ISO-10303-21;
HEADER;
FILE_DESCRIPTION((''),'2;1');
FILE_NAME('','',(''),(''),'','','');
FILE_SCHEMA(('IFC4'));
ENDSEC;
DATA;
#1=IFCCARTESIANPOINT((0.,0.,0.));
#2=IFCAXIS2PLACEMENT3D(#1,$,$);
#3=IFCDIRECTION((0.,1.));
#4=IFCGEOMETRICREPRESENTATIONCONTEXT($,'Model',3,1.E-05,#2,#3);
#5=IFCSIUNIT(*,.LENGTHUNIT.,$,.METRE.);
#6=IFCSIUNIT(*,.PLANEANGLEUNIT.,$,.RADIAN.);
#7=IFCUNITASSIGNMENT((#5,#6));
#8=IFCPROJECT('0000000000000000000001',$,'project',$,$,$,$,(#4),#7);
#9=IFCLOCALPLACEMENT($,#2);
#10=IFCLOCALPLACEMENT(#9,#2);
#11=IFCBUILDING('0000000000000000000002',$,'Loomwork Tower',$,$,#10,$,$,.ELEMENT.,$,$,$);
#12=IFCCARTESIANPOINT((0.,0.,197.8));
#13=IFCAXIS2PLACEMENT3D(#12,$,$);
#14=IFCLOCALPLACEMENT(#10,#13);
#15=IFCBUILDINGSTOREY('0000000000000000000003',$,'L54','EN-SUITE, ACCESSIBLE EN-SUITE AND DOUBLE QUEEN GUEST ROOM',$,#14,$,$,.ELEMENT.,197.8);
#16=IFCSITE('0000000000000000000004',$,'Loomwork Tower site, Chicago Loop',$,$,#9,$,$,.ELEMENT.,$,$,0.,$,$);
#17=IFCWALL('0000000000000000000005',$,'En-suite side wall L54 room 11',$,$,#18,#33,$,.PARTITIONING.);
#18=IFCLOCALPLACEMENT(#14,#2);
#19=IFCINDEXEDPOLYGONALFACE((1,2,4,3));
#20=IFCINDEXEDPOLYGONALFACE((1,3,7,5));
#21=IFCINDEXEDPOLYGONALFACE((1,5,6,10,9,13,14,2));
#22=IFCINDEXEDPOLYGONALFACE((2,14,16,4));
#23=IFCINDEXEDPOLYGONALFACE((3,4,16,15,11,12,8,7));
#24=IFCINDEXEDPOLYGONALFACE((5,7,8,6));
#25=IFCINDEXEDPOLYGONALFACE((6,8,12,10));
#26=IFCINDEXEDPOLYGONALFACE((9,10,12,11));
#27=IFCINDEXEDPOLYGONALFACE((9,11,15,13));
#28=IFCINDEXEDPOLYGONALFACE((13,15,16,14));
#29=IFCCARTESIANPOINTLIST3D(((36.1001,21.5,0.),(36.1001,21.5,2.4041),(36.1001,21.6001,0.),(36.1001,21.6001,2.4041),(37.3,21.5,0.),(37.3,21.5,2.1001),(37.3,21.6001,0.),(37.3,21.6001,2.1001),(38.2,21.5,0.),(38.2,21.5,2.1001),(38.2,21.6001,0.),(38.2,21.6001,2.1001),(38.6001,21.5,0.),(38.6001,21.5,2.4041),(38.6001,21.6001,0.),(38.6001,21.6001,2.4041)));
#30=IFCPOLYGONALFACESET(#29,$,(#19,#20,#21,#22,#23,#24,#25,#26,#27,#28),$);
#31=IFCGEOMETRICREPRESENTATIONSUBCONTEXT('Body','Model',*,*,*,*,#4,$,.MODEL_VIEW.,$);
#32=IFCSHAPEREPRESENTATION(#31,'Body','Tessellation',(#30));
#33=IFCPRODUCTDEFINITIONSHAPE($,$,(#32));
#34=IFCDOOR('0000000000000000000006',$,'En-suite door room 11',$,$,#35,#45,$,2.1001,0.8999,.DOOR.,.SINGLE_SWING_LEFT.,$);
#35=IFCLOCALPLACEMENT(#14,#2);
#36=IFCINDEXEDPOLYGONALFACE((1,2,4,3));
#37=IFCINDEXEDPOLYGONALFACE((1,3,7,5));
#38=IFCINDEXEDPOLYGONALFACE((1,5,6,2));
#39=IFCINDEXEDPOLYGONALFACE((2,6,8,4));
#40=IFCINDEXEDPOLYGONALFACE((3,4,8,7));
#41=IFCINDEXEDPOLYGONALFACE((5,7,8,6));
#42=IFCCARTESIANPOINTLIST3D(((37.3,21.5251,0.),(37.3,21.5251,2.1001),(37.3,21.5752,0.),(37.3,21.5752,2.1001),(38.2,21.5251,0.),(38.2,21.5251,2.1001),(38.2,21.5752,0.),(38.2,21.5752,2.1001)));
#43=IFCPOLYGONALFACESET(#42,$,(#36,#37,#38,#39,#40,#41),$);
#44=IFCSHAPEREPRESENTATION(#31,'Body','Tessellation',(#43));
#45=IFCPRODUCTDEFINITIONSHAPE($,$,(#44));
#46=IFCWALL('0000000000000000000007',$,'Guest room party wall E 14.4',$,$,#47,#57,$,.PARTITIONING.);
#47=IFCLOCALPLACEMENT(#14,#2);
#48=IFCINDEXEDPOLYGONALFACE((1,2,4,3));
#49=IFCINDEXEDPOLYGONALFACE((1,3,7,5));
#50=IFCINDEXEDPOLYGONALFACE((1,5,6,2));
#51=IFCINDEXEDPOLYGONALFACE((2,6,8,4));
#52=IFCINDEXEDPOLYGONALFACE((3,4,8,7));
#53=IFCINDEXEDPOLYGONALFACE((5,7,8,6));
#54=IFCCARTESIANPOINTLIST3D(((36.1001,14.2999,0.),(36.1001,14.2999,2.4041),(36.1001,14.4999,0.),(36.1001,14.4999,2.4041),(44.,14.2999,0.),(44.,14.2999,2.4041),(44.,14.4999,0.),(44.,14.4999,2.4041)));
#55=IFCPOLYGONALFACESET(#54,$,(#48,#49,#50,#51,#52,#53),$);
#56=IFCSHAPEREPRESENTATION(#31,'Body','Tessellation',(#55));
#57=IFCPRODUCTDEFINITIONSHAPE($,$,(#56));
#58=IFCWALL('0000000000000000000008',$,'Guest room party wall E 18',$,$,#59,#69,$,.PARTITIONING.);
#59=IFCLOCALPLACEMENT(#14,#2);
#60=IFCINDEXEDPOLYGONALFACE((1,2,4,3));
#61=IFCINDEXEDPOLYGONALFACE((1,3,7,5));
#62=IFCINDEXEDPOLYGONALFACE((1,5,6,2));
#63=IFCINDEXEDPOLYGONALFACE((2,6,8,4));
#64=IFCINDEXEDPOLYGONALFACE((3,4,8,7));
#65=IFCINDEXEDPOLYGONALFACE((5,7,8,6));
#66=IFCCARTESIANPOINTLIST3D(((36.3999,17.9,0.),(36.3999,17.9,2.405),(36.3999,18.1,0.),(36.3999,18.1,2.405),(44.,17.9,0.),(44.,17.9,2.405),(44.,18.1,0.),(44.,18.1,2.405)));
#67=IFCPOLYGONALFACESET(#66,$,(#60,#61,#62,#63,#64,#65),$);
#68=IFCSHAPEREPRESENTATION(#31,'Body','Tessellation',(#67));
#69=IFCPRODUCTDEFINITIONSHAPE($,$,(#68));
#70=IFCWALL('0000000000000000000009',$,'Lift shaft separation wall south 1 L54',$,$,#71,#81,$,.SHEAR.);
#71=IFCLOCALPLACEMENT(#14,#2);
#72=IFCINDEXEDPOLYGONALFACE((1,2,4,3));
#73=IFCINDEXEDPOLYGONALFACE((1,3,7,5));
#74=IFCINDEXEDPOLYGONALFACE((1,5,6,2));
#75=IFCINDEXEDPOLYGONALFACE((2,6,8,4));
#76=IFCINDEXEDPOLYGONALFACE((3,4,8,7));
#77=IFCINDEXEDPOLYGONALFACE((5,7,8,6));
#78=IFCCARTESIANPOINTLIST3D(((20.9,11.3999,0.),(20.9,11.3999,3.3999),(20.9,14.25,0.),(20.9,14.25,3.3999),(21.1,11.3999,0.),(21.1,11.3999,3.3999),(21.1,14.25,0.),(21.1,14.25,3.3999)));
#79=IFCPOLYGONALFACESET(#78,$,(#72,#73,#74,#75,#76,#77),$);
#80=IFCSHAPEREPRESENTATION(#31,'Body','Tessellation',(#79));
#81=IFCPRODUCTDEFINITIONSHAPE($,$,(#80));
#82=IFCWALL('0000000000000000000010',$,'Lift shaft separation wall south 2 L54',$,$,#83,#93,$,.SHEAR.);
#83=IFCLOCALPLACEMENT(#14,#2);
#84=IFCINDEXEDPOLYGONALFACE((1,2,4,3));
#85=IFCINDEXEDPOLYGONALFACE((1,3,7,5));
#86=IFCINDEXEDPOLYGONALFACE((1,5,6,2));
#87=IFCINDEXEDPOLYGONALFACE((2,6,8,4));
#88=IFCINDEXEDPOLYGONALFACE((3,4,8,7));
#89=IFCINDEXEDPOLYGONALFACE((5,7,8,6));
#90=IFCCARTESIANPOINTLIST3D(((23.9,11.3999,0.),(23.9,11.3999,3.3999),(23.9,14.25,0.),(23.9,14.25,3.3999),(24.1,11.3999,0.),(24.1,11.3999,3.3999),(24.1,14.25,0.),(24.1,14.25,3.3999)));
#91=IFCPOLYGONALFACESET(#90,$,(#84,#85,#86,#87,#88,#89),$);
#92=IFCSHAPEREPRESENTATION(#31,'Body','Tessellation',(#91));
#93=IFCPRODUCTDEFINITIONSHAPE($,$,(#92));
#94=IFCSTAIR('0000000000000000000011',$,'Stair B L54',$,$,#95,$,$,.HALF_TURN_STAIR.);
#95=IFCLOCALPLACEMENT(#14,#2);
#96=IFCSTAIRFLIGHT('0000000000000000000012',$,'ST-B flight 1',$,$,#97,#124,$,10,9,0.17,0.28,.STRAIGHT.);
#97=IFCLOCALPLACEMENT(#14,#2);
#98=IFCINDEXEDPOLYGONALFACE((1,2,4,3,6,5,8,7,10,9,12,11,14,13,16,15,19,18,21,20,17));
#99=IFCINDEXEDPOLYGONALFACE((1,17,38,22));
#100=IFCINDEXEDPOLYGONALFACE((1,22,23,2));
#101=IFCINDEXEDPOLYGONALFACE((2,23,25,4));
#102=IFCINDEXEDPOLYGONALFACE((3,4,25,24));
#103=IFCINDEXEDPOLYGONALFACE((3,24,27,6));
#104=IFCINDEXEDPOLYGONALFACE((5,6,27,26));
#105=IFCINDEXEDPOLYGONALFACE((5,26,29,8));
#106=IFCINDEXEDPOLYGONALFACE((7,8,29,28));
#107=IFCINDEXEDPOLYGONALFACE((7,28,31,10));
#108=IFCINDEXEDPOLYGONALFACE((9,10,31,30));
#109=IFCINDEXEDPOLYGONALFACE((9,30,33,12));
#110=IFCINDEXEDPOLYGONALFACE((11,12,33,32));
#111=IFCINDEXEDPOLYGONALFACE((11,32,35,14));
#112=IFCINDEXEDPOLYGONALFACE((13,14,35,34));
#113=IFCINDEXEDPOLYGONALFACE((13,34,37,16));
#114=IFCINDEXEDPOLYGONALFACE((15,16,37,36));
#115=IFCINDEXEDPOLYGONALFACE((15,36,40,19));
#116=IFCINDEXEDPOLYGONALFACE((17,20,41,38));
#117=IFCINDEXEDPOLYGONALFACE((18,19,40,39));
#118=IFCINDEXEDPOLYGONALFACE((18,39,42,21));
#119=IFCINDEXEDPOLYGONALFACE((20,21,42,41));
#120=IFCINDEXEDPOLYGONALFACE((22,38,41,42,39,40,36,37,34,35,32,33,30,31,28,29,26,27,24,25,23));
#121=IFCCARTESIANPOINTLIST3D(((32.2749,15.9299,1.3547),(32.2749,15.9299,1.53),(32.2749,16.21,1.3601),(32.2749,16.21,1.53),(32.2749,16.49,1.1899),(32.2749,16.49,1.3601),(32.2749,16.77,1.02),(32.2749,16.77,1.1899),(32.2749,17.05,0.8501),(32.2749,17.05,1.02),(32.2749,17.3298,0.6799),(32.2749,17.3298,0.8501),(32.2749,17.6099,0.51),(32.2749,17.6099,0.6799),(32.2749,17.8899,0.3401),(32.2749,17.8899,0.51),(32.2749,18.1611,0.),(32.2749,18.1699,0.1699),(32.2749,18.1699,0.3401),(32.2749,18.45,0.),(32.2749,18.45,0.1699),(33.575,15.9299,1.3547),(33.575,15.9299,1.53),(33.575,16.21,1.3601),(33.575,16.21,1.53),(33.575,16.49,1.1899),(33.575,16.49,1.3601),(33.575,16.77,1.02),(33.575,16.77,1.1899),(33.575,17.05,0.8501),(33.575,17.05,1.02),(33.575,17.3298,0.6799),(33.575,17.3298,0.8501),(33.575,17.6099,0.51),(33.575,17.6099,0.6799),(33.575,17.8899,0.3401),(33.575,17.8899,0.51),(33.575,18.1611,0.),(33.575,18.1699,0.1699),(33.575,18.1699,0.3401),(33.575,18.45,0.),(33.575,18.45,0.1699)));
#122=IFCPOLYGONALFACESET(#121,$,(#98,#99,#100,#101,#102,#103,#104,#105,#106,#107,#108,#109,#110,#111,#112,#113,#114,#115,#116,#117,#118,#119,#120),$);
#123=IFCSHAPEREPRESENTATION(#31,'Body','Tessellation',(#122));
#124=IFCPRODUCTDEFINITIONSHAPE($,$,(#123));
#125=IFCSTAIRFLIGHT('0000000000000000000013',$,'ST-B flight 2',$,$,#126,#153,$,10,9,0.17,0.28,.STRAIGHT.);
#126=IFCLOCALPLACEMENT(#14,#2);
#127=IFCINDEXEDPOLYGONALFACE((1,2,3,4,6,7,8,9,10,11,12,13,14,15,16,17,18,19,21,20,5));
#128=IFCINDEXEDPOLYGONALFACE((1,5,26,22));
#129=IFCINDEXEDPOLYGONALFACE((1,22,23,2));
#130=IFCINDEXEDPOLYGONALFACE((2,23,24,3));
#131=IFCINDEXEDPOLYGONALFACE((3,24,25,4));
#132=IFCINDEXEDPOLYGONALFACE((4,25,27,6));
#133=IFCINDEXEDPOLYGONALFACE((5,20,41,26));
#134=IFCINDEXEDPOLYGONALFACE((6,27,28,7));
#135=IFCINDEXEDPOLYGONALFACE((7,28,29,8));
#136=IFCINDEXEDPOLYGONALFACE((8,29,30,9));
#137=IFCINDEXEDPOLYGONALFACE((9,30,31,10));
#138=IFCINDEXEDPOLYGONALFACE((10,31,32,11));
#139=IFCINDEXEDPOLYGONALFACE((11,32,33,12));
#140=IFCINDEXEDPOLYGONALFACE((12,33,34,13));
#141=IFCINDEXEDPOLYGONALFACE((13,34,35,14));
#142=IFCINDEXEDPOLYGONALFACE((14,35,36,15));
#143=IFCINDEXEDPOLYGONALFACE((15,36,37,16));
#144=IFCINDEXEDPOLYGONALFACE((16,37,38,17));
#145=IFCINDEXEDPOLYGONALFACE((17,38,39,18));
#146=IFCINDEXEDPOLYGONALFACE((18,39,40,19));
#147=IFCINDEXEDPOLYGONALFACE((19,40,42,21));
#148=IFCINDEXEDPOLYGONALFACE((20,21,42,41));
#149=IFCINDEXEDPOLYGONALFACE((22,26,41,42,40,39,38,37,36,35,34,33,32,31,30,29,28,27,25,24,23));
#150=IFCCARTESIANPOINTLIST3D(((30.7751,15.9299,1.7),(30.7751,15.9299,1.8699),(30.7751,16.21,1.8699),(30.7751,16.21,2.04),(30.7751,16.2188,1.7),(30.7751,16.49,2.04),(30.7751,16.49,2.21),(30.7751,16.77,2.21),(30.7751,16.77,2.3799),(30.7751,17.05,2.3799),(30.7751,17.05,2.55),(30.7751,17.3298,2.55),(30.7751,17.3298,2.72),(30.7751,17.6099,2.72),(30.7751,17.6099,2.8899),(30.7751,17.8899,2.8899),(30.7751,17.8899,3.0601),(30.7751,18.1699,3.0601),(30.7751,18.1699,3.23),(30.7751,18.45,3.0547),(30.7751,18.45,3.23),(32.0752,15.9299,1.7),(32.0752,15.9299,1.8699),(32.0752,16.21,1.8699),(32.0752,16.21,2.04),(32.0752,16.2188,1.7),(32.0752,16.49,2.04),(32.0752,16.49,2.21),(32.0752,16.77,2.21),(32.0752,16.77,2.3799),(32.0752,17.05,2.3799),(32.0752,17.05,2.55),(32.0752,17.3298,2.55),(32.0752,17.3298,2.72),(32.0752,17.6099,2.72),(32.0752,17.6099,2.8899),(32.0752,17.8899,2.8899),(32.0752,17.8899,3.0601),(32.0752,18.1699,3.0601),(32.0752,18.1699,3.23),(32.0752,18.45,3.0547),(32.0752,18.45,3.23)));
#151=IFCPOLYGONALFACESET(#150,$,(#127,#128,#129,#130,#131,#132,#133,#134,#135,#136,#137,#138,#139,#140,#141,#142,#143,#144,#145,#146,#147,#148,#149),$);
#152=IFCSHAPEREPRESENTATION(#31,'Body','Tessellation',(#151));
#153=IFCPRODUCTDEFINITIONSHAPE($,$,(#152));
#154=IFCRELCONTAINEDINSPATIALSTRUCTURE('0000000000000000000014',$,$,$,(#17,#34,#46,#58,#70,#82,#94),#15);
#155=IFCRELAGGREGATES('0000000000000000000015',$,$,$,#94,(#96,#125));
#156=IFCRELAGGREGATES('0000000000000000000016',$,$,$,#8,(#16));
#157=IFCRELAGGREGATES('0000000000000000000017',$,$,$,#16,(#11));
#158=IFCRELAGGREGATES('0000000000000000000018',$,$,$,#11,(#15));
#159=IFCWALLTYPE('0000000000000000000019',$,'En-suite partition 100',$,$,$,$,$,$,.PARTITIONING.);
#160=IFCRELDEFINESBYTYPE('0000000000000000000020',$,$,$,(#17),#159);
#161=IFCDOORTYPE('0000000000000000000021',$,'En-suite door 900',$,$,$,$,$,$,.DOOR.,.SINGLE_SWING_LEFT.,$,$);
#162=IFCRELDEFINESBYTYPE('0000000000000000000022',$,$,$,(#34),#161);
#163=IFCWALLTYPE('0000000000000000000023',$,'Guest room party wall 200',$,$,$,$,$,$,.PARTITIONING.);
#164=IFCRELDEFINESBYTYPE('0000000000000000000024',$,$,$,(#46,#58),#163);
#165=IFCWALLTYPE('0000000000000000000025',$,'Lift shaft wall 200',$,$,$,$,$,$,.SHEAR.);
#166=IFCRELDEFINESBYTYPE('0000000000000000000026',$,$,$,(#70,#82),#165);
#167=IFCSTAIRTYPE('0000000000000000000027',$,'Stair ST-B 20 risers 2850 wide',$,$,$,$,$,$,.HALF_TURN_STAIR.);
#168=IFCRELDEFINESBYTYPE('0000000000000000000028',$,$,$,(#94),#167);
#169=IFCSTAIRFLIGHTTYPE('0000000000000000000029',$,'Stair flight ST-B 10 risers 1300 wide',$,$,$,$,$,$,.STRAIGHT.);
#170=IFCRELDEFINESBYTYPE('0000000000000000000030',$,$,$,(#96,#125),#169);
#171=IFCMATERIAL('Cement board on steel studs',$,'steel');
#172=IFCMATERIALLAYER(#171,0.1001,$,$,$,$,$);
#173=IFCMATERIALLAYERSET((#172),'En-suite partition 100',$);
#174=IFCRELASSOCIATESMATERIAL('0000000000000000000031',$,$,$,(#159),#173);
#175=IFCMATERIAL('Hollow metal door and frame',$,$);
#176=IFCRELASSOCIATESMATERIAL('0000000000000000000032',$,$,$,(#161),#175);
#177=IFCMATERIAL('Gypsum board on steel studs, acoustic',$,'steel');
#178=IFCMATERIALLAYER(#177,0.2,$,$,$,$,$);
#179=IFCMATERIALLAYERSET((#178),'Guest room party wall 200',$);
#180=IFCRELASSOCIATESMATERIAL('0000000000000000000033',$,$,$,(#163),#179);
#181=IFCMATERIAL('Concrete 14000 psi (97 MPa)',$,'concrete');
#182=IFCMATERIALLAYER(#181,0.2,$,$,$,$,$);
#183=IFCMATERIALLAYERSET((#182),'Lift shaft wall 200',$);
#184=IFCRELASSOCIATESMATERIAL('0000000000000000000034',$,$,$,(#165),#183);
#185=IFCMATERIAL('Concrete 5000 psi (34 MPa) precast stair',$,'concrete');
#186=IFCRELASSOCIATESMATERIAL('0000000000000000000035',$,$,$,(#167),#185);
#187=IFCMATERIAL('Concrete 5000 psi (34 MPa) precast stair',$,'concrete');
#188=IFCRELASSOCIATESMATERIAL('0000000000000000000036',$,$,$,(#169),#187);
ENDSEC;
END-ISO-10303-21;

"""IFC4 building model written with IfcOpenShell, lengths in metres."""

from ifc_helpers import new_model, si_unit, direction, frame, frame_2d, origin, place, context, subcontext, project, spatial, polyline, rectangle, outline, extrude, material, layer, layer_set, type_object, element, fill, aggregate, save


model = new_model("IFC4")

# Units and contexts
model_context = context("Model", 3, precision=1e-05, world=origin(), true_north=direction((0.0, 1.0)))
body_context = subcontext(model_context, "Body", "Model", "MODEL_VIEW")
ifc_project = project(units=[si_unit("LENGTHUNIT", "METRE"), si_unit("PLANEANGLEUNIT", "RADIAN")], contexts=[model_context])

# Site, building, storey
site_placement = place(None, origin())
site = spatial("IfcSite", under=ifc_project, at=site_placement, Name="Loomwork Tower site, Chicago Loop", CompositionType="ELEMENT", RefElevation=0.0)
building_placement = place(site_placement, origin())
building = spatial("IfcBuilding", under=site, at=building_placement, Name="Loomwork Tower", CompositionType="ELEMENT")
storey_placement = place(building_placement, frame((0.0, 0.0, 197.8)))
storey = spatial("IfcBuildingStorey", under=building, at=storey_placement, Name="L54", Description="EN-SUITE, ACCESSIBLE EN-SUITE AND DOUBLE QUEEN GUEST ROOM", CompositionType="ELEMENT", Elevation=197.8)

# Wall, opening, door
ifc_material_1 = material(Name="Cement board on steel studs", Category="steel")
ifc_layer_1 = layer(ifc_material_1, 0.1001)
ifc_layer_set_1 = layer_set([ifc_layer_1], Name="En-suite partition 100")
wall_type_1 = type_object("IfcWallType", Name="En-suite partition 100", PredefinedType="PARTITIONING", material=ifc_layer_set_1)
ifc_material_2 = material(Name="Hollow metal door and frame")
door_type_1 = type_object("IfcDoorType", Name="En-suite door 900", OperationType="SINGLE_SWING_LEFT", PredefinedType="DOOR", material=ifc_material_2)
wall_1_placement = place(storey_placement, frame((36.1001, 21.55, 0.0), z_axis=(0.0, 0.0, 1.0), x_axis=(1.0, 0.0, 0.0)))
wall_1 = element("IfcWall", 1, at=wall_1_placement, inside=storey, type_object=wall_type_1, Name="En-suite side wall L54 room 11", PredefinedType="PARTITIONING", context=body_context, shape_type="SweptSolid", body=[
    extrude(rectangle(XDim=2.5, YDim=0.1001, at=frame_2d((1.25, 0.0))), origin(), (0.0, 0.0, 1.0), 2.4041),
])
opening_1_placement = place(wall_1_placement, frame((1.2, 0.0, 0.0)))
opening_1 = element("IfcOpeningElement", 2, at=opening_1_placement, cuts=wall_1, PredefinedType="OPENING", context=body_context, shape_type="SweptSolid", body=[
    extrude(rectangle(XDim=0.8999, YDim=2.1001, at=frame_2d((0.45, 1.05))), frame((0.0, 0.0601, 0.0), z_axis=(0.0, -1.0, 0.0), x_axis=(1.0, 0.0, 0.0)), (0.0, 0.0, 1.0), 0.1201),
])
door_1_placement = place(opening_1_placement, frame((0.8999, 0.0, 0.0), z_axis=(0.0, 0.0, 1.0), x_axis=(-1.0, 0.0, 0.0)))
door_1 = element("IfcDoor", 3, at=door_1_placement, inside=storey, type_object=door_type_1, Name="En-suite door room 11", OperationType="SINGLE_SWING_LEFT", OverallHeight=2.1001, OverallWidth=0.8999, PredefinedType="DOOR", context=body_context, shape_type="SweptSolid", body=[
    extrude(rectangle(XDim=0.8999, YDim=2.1001, at=frame_2d((0.45, 1.05))), frame((0.0, 0.0249, 0.0), z_axis=(0.0, -1.0, 0.0), x_axis=(1.0, 0.0, 0.0)), (0.0, 0.0, 1.0), 0.05),
])
fill(opening_1, door_1)

# Walls
ifc_material_3 = material(Name="Gypsum board on steel studs, acoustic", Category="steel")
ifc_layer_2 = layer(ifc_material_3, 0.2)
ifc_layer_set_2 = layer_set([ifc_layer_2], Name="Guest room party wall 200")
wall_type_2 = type_object("IfcWallType", Name="Guest room party wall 200", PredefinedType="PARTITIONING", material=ifc_layer_set_2)
wall_2_placement = place(storey_placement, frame((36.1001, 14.3999, 0.0), z_axis=(0.0, 0.0, 1.0), x_axis=(1.0, 0.0, 0.0)))
element("IfcWall", 4, at=wall_2_placement, inside=storey, type_object=wall_type_2, Name="Guest room party wall E 14.4", PredefinedType="PARTITIONING", context=body_context, shape_type="SweptSolid", body=[
    extrude(rectangle(XDim=7.8999, YDim=0.2, at=frame_2d((3.95, 0.0))), origin(), (0.0, 0.0, 1.0), 2.4041),
])
wall_3_placement = place(storey_placement, frame((36.3999, 18.0, 0.0), z_axis=(0.0, 0.0, 1.0), x_axis=(1.0, 0.0, 0.0)))
element("IfcWall", 5, at=wall_3_placement, inside=storey, type_object=wall_type_2, Name="Guest room party wall E 18", PredefinedType="PARTITIONING", context=body_context, shape_type="SweptSolid", body=[
    extrude(rectangle(XDim=7.6001, YDim=0.2, at=frame_2d((3.8, 0.0))), origin(), (0.0, 0.0, 1.0), 2.405),
])
ifc_material_4 = material(Name="Concrete 14000 psi (97 MPa)", Category="concrete")
ifc_layer_3 = layer(ifc_material_4, 0.2)
ifc_layer_set_3 = layer_set([ifc_layer_3], Name="Lift shaft wall 200")
wall_type_3 = type_object("IfcWallType", Name="Lift shaft wall 200", PredefinedType="SHEAR", material=ifc_layer_set_3)
for number, where, z_axis, x_axis, name in (
    (6, (21.0, 11.3999, 0.0), (0.0, 0.0, 1.0), (0.0, 1.0, 0.0), "Lift shaft separation wall south 1 L54"),
    (7, (24.0, 11.3999, 0.0), (0.0, 0.0, 1.0), (0.0, 1.0, 0.0), "Lift shaft separation wall south 2 L54"),
):
    element("IfcWall", number, at=place(storey_placement, frame(where, z_axis=z_axis, x_axis=x_axis)), inside=storey, type_object=wall_type_3, Name=name, PredefinedType="SHEAR", context=body_context, shape_type="SweptSolid", body=[
        extrude(rectangle(XDim=2.8501, YDim=0.2, at=frame_2d((1.425, 0.0))), origin(), (0.0, 0.0, 1.0), 3.3999),
    ])

# Stair, stair flights
ifc_material_5 = material(Name="Concrete 5000 psi (34 MPa) precast stair", Category="concrete")
stair_type = type_object("IfcStairType", Name="Stair ST-B 20 risers 2850 wide", PredefinedType="HALF_TURN_STAIR", material=ifc_material_5)
stair_placement = place(storey_placement, origin())
stair = element("IfcStair", 8, at=stair_placement, inside=storey, type_object=stair_type, Name="Stair B L54", PredefinedType="HALF_TURN_STAIR")
ifc_material_6 = material(Name="Concrete 5000 psi (34 MPa) precast stair", Category="concrete")
stair_flight_type = type_object("IfcStairFlightType", Name="Stair flight ST-B 10 risers 1300 wide", PredefinedType="STRAIGHT", material=ifc_material_6)
stair_flight_1_placement = place(storey_placement, frame((32.925, 18.45, 0.0), z_axis=(0.0, 0.0, 1.0), x_axis=(0.0, -1.0, 0.0)))
stair_flight_1 = element("IfcStairFlight", 9, at=stair_flight_1_placement, type_object=stair_flight_type, Name="ST-B flight 1", NumberOfRisers=10, NumberOfTreads=9, PredefinedType="STRAIGHT", RiserHeight=0.17, TreadLength=0.28, context=body_context, shape_type="SweptSolid", body=[
    extrude(outline(polyline([(0.0, 0.0), (0.0, 0.1699), (0.28, 0.1699), (0.28, 0.3401), (0.5601, 0.3401), (0.5601, 0.51), (0.8401, 0.51), (0.8401, 0.6799), (1.1201, 0.6799), (1.1201, 0.8501), (1.3999, 0.8501), (1.3999, 1.02), (1.6799, 1.02), (1.6799, 1.1899), (1.96, 1.1899), (1.96, 1.3601), (2.24, 1.3601), (2.24, 1.53), (2.52, 1.53), (2.52, 1.7), (2.52, 1.3547), (0.2888, 0.0), (0.0, 0.0)])), frame((0.0, 0.6499, 0.0), z_axis=(0.0, -1.0, 0.0), x_axis=(1.0, 0.0, 0.0)), (0.0, 0.0, 1.0), 1.3),
])
stair_flight_2_placement = place(storey_placement, frame((31.425, 15.9299, 1.7), z_axis=(0.0, 0.0, 1.0), x_axis=(0.0, 1.0, 0.0)))
stair_flight_2 = element("IfcStairFlight", 10, at=stair_flight_2_placement, type_object=stair_flight_type, Name="ST-B flight 2", NumberOfRisers=10, NumberOfTreads=9, PredefinedType="STRAIGHT", RiserHeight=0.17, TreadLength=0.28, context=body_context, shape_type="SweptSolid", body=[
    extrude(outline(polyline([(0.0, 0.0), (0.0, 0.1699), (0.28, 0.1699), (0.28, 0.3401), (0.5601, 0.3401), (0.5601, 0.51), (0.8401, 0.51), (0.8401, 0.6799), (1.1201, 0.6799), (1.1201, 0.8501), (1.3999, 0.8501), (1.3999, 1.02), (1.6799, 1.02), (1.6799, 1.1899), (1.96, 1.1899), (1.96, 1.3601), (2.24, 1.3601), (2.24, 1.53), (2.52, 1.53), (2.52, 1.7), (2.52, 1.3547), (0.2888, 0.0), (0.0, 0.0)])), frame((0.0, 0.6499, 0.0), z_axis=(0.0, -1.0, 0.0), x_axis=(1.0, 0.0, 0.0)), (0.0, 0.0, 1.0), 1.3),
])
aggregate(stair, [stair_flight_1, stair_flight_2])

save(model, "model.ifc")
